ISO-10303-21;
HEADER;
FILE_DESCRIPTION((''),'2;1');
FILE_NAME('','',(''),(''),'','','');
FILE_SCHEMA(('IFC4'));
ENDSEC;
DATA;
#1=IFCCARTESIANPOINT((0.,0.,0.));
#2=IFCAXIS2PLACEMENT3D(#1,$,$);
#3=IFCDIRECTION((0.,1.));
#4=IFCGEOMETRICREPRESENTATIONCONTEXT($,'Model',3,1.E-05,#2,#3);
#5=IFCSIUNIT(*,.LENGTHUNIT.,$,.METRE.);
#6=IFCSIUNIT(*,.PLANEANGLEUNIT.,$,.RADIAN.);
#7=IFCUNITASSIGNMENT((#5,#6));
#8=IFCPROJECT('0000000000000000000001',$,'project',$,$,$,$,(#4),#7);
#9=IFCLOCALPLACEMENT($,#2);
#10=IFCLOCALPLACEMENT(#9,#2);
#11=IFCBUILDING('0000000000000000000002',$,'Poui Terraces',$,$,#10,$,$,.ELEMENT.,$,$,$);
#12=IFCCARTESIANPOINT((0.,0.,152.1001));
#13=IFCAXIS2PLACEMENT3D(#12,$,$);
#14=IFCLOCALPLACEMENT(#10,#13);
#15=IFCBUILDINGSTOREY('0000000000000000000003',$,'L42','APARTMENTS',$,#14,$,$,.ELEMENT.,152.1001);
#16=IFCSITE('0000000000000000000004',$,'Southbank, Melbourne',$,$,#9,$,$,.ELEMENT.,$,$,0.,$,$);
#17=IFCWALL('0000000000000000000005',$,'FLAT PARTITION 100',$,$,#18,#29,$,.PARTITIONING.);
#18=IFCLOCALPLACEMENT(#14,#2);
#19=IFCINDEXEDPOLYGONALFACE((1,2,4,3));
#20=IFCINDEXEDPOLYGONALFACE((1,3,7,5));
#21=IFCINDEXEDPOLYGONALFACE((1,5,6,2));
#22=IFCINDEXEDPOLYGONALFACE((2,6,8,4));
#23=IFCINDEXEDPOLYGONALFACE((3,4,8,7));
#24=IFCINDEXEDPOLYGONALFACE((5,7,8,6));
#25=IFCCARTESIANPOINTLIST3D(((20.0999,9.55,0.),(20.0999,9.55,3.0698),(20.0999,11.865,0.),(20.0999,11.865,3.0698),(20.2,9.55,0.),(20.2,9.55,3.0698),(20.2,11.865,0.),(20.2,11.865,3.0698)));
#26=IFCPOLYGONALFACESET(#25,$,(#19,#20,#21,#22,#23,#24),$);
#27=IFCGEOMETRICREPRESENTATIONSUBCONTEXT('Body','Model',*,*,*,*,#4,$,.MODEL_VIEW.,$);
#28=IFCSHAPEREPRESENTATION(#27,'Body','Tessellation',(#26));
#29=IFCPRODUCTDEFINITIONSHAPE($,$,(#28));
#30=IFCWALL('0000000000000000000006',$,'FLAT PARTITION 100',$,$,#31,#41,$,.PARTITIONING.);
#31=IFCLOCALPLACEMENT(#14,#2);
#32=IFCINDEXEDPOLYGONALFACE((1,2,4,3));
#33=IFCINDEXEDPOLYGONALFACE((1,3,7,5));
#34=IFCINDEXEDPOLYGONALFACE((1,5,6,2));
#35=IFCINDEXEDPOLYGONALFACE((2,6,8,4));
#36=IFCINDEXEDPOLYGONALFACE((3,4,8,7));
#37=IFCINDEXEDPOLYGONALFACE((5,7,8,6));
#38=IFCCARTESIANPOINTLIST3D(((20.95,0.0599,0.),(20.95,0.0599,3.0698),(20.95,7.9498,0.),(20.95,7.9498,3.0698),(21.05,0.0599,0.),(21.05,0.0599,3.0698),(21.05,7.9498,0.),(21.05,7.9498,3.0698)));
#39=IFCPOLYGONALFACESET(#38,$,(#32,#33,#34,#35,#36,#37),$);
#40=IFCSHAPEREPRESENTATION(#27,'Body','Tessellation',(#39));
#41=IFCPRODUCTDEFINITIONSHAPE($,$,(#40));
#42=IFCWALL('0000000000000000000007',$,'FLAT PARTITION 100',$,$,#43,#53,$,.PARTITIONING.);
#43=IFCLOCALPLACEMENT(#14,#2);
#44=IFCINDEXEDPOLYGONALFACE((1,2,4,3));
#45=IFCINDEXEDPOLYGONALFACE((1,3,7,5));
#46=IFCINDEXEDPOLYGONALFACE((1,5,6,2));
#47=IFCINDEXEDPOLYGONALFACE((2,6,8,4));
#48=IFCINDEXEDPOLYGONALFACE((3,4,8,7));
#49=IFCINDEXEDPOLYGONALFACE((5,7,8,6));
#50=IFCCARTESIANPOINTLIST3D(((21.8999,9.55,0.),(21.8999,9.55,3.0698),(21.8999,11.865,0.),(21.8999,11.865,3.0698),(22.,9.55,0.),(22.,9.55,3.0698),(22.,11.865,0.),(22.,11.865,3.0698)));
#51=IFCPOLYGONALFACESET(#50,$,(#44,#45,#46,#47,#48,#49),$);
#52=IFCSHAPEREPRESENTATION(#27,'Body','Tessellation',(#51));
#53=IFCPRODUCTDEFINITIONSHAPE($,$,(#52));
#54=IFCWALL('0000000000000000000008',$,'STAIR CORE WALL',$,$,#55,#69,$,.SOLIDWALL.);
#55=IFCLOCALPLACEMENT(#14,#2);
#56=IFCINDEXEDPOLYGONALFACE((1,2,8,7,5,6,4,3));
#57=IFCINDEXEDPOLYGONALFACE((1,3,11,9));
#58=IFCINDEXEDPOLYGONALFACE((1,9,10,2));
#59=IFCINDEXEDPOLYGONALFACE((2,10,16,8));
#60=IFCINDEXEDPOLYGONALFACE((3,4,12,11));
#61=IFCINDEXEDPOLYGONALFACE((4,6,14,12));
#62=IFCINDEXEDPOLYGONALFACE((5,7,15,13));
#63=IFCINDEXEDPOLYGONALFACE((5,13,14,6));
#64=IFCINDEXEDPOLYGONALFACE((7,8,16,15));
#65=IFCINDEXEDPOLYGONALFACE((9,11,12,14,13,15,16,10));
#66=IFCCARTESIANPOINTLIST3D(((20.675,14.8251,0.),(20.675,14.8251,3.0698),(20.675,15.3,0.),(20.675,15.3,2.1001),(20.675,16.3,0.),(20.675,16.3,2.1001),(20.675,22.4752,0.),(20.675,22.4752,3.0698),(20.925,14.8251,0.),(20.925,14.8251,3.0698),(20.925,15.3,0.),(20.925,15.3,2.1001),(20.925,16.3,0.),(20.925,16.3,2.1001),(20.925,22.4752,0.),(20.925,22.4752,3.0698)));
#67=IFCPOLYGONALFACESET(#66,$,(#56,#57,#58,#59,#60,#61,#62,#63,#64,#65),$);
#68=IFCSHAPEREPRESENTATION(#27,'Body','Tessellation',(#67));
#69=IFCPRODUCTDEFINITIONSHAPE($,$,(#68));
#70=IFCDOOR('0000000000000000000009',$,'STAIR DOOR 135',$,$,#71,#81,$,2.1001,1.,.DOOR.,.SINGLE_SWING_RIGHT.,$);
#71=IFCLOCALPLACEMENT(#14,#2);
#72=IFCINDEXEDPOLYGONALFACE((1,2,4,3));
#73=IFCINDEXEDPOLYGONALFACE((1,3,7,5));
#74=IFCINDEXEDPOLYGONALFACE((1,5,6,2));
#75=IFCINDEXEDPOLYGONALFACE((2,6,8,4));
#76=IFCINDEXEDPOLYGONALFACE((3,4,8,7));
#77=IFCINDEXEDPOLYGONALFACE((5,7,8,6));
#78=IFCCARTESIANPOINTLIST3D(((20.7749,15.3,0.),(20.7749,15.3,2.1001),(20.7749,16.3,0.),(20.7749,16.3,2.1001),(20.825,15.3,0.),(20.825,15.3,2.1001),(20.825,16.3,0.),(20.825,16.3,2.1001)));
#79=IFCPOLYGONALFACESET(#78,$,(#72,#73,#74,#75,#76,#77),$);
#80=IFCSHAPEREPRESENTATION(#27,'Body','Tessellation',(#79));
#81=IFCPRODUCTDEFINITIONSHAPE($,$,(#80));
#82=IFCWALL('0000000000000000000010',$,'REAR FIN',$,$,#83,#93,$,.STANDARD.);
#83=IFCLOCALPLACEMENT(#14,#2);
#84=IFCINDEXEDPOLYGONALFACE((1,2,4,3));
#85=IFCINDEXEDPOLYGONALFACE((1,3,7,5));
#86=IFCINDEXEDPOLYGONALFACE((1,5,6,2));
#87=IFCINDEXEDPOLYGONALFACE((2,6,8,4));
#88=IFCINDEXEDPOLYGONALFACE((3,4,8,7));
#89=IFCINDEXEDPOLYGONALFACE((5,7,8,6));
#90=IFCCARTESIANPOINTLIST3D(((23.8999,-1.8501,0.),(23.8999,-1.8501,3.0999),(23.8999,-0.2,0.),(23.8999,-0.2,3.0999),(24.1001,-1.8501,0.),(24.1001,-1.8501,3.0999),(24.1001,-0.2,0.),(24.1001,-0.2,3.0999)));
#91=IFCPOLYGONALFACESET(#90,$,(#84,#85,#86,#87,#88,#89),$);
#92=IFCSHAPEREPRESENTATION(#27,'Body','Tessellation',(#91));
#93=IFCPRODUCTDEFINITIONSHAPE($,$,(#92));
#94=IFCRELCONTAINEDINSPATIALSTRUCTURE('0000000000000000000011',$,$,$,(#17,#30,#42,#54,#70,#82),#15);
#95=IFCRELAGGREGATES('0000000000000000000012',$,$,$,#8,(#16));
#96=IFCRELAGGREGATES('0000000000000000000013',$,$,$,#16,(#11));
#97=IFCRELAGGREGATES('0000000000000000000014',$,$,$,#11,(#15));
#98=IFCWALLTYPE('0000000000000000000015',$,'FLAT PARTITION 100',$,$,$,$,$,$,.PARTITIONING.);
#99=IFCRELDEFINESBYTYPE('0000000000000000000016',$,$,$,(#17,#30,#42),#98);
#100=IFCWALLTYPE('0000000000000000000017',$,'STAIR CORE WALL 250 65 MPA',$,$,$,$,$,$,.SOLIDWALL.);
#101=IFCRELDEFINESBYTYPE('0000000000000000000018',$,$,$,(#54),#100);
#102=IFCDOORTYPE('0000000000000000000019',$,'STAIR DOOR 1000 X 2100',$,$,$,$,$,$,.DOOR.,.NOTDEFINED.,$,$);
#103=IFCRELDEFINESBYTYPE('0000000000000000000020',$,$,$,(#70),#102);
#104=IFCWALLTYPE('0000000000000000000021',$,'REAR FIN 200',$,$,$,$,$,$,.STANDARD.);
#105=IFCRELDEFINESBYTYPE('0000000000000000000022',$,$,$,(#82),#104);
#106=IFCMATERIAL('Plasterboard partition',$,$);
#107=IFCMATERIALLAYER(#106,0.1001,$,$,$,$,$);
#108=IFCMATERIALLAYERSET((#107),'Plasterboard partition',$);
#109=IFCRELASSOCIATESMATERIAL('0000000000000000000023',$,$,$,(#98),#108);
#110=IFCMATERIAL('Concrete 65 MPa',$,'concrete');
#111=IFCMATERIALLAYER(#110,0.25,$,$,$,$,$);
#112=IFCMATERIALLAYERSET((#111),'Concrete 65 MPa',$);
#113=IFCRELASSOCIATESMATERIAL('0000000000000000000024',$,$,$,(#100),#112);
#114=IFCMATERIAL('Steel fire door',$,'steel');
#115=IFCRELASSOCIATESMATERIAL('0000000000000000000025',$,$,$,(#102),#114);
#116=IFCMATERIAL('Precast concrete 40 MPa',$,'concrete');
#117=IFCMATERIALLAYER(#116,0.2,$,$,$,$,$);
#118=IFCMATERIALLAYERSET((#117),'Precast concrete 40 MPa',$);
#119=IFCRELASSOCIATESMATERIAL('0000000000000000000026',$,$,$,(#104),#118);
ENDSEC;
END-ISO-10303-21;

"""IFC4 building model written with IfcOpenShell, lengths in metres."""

from ifc_helpers import new_model, si_unit, direction, frame, frame_2d, origin, place, context, subcontext, project, spatial, polyline, rectangle, outline, extrude, source, transform, mapped, material, layer, layer_set, type_object, element, fill, save


model = new_model("IFC4")

# Units and contexts
model_context = context("Model", 3, precision=1e-05, world=origin(), true_north=direction((0.0, 1.0)))
body_context = subcontext(model_context, "Body", "Model", "MODEL_VIEW")
ifc_project = project(units=[si_unit("LENGTHUNIT", "METRE"), si_unit("PLANEANGLEUNIT", "RADIAN")], contexts=[model_context])

# Site, building, storey
site_placement = place(None, origin())
site = spatial("IfcSite", under=ifc_project, at=site_placement, Name="Southbank, Melbourne", CompositionType="ELEMENT", RefElevation=0.0)
building_placement = place(site_placement, origin())
building = spatial("IfcBuilding", under=site, at=building_placement, Name="Poui Terraces", CompositionType="ELEMENT")
storey_placement = place(building_placement, frame((0.0, 0.0, 152.1001)))
storey = spatial("IfcBuildingStorey", under=building, at=storey_placement, Name="L42", Description="APARTMENTS", CompositionType="ELEMENT", Elevation=152.1001)

# Shared definitions
ifc_material_1 = material(Name="Concrete 65 MPa", Category="concrete")

# Shared definitions
ifc_material_2 = material(Name="Steel fire door", Category="steel")

# Shared definitions
ifc_material_3 = material(Name="Plasterboard partition")
ifc_layer_1 = layer(ifc_material_3, 0.1001)
ifc_layer_set_1 = layer_set([ifc_layer_1], Name="Plasterboard partition")
wall_type_1 = type_object("IfcWallType", Name="FLAT PARTITION 100", PredefinedType="PARTITIONING", material=ifc_layer_set_1)

# Walls
wall_1_placement = place(storey_placement, frame((20.1499, 9.55, 0.0), z_axis=(0.0, 0.0, 1.0), x_axis=(0.0, 1.0, 0.0)))
element("IfcWall", 1, at=wall_1_placement, inside=storey, type_object=wall_type_1, Name="FLAT PARTITION 100", PredefinedType="PARTITIONING", context=body_context, shape_type="SweptSolid", body=[
    extrude(rectangle(XDim=2.3149, YDim=0.1001, at=frame_2d((1.1575, 0.0))), origin(), (0.0, 0.0, 1.0), 3.0698),
])
wall_2_placement = place(storey_placement, frame((21.0, 0.0601, 0.0), z_axis=(0.0, 0.0, 1.0), x_axis=(0.0, 1.0, 0.0)))
element("IfcWall", 2, at=wall_2_placement, inside=storey, type_object=wall_type_1, Name="FLAT PARTITION 100", PredefinedType="PARTITIONING", context=body_context, shape_type="SweptSolid", body=[
    extrude(rectangle(XDim=7.8899, YDim=0.1001, at=frame_2d((3.9448, 0.0))), origin(), (0.0, 0.0, 1.0), 3.0698),
])
wall_3_placement = place(storey_placement, frame((21.95, 9.55, 0.0), z_axis=(0.0, 0.0, 1.0), x_axis=(0.0, 1.0, 0.0)))
element("IfcWall", 3, at=wall_3_placement, inside=storey, type_object=wall_type_1, Name="FLAT PARTITION 100", PredefinedType="PARTITIONING", context=body_context, shape_type="SweptSolid", body=[
    extrude(rectangle(XDim=2.3149, YDim=0.1001, at=frame_2d((1.1575, 0.0))), origin(), (0.0, 0.0, 1.0), 3.0698),
])

# Wall, opening, door
ifc_layer_2 = layer(ifc_material_1, 0.25)
ifc_layer_set_2 = layer_set([ifc_layer_2], Name="Concrete 65 MPa")
wall_type_2 = type_object("IfcWallType", Name="STAIR CORE WALL 250 65 MPA", PredefinedType="SOLIDWALL", material=ifc_layer_set_2)
wall_4_placement = place(storey_placement, frame((20.8, 14.825, 0.0), z_axis=(0.0, 0.0, 1.0), x_axis=(0.0, 1.0, 0.0)))
wall_4 = element("IfcWall", 4, at=wall_4_placement, inside=storey, type_object=wall_type_2, Name="STAIR CORE WALL", PredefinedType="SOLIDWALL", context=body_context, shape_type="SweptSolid", body=[
    extrude(rectangle(XDim=7.6501, YDim=0.25, at=frame_2d((3.8252, 0.0))), origin(), (0.0, 0.0, 1.0), 3.0698),
])
opening_1_placement = place(wall_4_placement, frame((0.4751, 0.0, 0.0)))
opening_1 = element("IfcOpeningElement", 5, at=opening_1_placement, cuts=wall_4, PredefinedType="OPENING", context=body_context, shape_type="SweptSolid", body=[
    extrude(rectangle(XDim=1.0, YDim=2.1001, at=frame_2d((0.5, 1.05))), frame((0.0, 0.135, 0.0), z_axis=(0.0, -1.0, 0.0), x_axis=(1.0, 0.0, 0.0)), (0.0, 0.0, 1.0), 0.27),
])
door_type_1 = type_object("IfcDoorType", Name="STAIR DOOR 1000 X 2100", OperationType="NOTDEFINED", PredefinedType="DOOR", material=ifc_material_2)
door_1_placement = place(opening_1_placement, frame((1.0, 0.0, 0.0), z_axis=(0.0, 0.0, 1.0), x_axis=(-1.0, 0.0, 0.0)))
door_1 = element("IfcDoor", 6, at=door_1_placement, inside=storey, type_object=door_type_1, Name="STAIR DOOR 135", OperationType="SINGLE_SWING_RIGHT", OverallHeight=2.1001, OverallWidth=1.0, PredefinedType="DOOR", context=body_context, shape_type="SweptSolid", body=[
    extrude(rectangle(XDim=1.0, YDim=2.1001, at=frame_2d((0.5, 1.05))), frame((0.0, 0.0249, 0.0), z_axis=(0.0, -1.0, 0.0), x_axis=(1.0, 0.0, 0.0)), (0.0, 0.0, 1.0), 0.05),
])
fill(opening_1, door_1)

# Wall
ifc_material_4 = material(Name="Precast concrete 40 MPa", Category="concrete")
ifc_layer_3 = layer(ifc_material_4, 0.2)
ifc_layer_set_3 = layer_set([ifc_layer_3], Name="Precast concrete 40 MPa")
wall_type_3 = type_object("IfcWallType", Name="REAR FIN 200", PredefinedType="STANDARD", material=ifc_layer_set_3)
shared_shape_1 = source(origin(), body_context, "Body", "SweptSolid", [
    extrude(outline(polyline([(0.0, 0.0), (0.2002, 0.0), (0.2002, 1.6501), (0.0, 1.6501), (0.0, 0.0)])), origin(), (0.0, 0.0, 1.0), 3.0999),
])
wall_5_placement = place(storey_placement, frame((23.8999, -1.8501, 0.0)))
element("IfcWall", 7, at=wall_5_placement, inside=storey, type_object=wall_type_3, Name="REAR FIN", PredefinedType="STANDARD", context=body_context, shape_type="MappedRepresentation", body=[
    mapped(shared_shape_1, transform((0.0, 0.0, 0.0))),
])

save(model, "model.ifc")
